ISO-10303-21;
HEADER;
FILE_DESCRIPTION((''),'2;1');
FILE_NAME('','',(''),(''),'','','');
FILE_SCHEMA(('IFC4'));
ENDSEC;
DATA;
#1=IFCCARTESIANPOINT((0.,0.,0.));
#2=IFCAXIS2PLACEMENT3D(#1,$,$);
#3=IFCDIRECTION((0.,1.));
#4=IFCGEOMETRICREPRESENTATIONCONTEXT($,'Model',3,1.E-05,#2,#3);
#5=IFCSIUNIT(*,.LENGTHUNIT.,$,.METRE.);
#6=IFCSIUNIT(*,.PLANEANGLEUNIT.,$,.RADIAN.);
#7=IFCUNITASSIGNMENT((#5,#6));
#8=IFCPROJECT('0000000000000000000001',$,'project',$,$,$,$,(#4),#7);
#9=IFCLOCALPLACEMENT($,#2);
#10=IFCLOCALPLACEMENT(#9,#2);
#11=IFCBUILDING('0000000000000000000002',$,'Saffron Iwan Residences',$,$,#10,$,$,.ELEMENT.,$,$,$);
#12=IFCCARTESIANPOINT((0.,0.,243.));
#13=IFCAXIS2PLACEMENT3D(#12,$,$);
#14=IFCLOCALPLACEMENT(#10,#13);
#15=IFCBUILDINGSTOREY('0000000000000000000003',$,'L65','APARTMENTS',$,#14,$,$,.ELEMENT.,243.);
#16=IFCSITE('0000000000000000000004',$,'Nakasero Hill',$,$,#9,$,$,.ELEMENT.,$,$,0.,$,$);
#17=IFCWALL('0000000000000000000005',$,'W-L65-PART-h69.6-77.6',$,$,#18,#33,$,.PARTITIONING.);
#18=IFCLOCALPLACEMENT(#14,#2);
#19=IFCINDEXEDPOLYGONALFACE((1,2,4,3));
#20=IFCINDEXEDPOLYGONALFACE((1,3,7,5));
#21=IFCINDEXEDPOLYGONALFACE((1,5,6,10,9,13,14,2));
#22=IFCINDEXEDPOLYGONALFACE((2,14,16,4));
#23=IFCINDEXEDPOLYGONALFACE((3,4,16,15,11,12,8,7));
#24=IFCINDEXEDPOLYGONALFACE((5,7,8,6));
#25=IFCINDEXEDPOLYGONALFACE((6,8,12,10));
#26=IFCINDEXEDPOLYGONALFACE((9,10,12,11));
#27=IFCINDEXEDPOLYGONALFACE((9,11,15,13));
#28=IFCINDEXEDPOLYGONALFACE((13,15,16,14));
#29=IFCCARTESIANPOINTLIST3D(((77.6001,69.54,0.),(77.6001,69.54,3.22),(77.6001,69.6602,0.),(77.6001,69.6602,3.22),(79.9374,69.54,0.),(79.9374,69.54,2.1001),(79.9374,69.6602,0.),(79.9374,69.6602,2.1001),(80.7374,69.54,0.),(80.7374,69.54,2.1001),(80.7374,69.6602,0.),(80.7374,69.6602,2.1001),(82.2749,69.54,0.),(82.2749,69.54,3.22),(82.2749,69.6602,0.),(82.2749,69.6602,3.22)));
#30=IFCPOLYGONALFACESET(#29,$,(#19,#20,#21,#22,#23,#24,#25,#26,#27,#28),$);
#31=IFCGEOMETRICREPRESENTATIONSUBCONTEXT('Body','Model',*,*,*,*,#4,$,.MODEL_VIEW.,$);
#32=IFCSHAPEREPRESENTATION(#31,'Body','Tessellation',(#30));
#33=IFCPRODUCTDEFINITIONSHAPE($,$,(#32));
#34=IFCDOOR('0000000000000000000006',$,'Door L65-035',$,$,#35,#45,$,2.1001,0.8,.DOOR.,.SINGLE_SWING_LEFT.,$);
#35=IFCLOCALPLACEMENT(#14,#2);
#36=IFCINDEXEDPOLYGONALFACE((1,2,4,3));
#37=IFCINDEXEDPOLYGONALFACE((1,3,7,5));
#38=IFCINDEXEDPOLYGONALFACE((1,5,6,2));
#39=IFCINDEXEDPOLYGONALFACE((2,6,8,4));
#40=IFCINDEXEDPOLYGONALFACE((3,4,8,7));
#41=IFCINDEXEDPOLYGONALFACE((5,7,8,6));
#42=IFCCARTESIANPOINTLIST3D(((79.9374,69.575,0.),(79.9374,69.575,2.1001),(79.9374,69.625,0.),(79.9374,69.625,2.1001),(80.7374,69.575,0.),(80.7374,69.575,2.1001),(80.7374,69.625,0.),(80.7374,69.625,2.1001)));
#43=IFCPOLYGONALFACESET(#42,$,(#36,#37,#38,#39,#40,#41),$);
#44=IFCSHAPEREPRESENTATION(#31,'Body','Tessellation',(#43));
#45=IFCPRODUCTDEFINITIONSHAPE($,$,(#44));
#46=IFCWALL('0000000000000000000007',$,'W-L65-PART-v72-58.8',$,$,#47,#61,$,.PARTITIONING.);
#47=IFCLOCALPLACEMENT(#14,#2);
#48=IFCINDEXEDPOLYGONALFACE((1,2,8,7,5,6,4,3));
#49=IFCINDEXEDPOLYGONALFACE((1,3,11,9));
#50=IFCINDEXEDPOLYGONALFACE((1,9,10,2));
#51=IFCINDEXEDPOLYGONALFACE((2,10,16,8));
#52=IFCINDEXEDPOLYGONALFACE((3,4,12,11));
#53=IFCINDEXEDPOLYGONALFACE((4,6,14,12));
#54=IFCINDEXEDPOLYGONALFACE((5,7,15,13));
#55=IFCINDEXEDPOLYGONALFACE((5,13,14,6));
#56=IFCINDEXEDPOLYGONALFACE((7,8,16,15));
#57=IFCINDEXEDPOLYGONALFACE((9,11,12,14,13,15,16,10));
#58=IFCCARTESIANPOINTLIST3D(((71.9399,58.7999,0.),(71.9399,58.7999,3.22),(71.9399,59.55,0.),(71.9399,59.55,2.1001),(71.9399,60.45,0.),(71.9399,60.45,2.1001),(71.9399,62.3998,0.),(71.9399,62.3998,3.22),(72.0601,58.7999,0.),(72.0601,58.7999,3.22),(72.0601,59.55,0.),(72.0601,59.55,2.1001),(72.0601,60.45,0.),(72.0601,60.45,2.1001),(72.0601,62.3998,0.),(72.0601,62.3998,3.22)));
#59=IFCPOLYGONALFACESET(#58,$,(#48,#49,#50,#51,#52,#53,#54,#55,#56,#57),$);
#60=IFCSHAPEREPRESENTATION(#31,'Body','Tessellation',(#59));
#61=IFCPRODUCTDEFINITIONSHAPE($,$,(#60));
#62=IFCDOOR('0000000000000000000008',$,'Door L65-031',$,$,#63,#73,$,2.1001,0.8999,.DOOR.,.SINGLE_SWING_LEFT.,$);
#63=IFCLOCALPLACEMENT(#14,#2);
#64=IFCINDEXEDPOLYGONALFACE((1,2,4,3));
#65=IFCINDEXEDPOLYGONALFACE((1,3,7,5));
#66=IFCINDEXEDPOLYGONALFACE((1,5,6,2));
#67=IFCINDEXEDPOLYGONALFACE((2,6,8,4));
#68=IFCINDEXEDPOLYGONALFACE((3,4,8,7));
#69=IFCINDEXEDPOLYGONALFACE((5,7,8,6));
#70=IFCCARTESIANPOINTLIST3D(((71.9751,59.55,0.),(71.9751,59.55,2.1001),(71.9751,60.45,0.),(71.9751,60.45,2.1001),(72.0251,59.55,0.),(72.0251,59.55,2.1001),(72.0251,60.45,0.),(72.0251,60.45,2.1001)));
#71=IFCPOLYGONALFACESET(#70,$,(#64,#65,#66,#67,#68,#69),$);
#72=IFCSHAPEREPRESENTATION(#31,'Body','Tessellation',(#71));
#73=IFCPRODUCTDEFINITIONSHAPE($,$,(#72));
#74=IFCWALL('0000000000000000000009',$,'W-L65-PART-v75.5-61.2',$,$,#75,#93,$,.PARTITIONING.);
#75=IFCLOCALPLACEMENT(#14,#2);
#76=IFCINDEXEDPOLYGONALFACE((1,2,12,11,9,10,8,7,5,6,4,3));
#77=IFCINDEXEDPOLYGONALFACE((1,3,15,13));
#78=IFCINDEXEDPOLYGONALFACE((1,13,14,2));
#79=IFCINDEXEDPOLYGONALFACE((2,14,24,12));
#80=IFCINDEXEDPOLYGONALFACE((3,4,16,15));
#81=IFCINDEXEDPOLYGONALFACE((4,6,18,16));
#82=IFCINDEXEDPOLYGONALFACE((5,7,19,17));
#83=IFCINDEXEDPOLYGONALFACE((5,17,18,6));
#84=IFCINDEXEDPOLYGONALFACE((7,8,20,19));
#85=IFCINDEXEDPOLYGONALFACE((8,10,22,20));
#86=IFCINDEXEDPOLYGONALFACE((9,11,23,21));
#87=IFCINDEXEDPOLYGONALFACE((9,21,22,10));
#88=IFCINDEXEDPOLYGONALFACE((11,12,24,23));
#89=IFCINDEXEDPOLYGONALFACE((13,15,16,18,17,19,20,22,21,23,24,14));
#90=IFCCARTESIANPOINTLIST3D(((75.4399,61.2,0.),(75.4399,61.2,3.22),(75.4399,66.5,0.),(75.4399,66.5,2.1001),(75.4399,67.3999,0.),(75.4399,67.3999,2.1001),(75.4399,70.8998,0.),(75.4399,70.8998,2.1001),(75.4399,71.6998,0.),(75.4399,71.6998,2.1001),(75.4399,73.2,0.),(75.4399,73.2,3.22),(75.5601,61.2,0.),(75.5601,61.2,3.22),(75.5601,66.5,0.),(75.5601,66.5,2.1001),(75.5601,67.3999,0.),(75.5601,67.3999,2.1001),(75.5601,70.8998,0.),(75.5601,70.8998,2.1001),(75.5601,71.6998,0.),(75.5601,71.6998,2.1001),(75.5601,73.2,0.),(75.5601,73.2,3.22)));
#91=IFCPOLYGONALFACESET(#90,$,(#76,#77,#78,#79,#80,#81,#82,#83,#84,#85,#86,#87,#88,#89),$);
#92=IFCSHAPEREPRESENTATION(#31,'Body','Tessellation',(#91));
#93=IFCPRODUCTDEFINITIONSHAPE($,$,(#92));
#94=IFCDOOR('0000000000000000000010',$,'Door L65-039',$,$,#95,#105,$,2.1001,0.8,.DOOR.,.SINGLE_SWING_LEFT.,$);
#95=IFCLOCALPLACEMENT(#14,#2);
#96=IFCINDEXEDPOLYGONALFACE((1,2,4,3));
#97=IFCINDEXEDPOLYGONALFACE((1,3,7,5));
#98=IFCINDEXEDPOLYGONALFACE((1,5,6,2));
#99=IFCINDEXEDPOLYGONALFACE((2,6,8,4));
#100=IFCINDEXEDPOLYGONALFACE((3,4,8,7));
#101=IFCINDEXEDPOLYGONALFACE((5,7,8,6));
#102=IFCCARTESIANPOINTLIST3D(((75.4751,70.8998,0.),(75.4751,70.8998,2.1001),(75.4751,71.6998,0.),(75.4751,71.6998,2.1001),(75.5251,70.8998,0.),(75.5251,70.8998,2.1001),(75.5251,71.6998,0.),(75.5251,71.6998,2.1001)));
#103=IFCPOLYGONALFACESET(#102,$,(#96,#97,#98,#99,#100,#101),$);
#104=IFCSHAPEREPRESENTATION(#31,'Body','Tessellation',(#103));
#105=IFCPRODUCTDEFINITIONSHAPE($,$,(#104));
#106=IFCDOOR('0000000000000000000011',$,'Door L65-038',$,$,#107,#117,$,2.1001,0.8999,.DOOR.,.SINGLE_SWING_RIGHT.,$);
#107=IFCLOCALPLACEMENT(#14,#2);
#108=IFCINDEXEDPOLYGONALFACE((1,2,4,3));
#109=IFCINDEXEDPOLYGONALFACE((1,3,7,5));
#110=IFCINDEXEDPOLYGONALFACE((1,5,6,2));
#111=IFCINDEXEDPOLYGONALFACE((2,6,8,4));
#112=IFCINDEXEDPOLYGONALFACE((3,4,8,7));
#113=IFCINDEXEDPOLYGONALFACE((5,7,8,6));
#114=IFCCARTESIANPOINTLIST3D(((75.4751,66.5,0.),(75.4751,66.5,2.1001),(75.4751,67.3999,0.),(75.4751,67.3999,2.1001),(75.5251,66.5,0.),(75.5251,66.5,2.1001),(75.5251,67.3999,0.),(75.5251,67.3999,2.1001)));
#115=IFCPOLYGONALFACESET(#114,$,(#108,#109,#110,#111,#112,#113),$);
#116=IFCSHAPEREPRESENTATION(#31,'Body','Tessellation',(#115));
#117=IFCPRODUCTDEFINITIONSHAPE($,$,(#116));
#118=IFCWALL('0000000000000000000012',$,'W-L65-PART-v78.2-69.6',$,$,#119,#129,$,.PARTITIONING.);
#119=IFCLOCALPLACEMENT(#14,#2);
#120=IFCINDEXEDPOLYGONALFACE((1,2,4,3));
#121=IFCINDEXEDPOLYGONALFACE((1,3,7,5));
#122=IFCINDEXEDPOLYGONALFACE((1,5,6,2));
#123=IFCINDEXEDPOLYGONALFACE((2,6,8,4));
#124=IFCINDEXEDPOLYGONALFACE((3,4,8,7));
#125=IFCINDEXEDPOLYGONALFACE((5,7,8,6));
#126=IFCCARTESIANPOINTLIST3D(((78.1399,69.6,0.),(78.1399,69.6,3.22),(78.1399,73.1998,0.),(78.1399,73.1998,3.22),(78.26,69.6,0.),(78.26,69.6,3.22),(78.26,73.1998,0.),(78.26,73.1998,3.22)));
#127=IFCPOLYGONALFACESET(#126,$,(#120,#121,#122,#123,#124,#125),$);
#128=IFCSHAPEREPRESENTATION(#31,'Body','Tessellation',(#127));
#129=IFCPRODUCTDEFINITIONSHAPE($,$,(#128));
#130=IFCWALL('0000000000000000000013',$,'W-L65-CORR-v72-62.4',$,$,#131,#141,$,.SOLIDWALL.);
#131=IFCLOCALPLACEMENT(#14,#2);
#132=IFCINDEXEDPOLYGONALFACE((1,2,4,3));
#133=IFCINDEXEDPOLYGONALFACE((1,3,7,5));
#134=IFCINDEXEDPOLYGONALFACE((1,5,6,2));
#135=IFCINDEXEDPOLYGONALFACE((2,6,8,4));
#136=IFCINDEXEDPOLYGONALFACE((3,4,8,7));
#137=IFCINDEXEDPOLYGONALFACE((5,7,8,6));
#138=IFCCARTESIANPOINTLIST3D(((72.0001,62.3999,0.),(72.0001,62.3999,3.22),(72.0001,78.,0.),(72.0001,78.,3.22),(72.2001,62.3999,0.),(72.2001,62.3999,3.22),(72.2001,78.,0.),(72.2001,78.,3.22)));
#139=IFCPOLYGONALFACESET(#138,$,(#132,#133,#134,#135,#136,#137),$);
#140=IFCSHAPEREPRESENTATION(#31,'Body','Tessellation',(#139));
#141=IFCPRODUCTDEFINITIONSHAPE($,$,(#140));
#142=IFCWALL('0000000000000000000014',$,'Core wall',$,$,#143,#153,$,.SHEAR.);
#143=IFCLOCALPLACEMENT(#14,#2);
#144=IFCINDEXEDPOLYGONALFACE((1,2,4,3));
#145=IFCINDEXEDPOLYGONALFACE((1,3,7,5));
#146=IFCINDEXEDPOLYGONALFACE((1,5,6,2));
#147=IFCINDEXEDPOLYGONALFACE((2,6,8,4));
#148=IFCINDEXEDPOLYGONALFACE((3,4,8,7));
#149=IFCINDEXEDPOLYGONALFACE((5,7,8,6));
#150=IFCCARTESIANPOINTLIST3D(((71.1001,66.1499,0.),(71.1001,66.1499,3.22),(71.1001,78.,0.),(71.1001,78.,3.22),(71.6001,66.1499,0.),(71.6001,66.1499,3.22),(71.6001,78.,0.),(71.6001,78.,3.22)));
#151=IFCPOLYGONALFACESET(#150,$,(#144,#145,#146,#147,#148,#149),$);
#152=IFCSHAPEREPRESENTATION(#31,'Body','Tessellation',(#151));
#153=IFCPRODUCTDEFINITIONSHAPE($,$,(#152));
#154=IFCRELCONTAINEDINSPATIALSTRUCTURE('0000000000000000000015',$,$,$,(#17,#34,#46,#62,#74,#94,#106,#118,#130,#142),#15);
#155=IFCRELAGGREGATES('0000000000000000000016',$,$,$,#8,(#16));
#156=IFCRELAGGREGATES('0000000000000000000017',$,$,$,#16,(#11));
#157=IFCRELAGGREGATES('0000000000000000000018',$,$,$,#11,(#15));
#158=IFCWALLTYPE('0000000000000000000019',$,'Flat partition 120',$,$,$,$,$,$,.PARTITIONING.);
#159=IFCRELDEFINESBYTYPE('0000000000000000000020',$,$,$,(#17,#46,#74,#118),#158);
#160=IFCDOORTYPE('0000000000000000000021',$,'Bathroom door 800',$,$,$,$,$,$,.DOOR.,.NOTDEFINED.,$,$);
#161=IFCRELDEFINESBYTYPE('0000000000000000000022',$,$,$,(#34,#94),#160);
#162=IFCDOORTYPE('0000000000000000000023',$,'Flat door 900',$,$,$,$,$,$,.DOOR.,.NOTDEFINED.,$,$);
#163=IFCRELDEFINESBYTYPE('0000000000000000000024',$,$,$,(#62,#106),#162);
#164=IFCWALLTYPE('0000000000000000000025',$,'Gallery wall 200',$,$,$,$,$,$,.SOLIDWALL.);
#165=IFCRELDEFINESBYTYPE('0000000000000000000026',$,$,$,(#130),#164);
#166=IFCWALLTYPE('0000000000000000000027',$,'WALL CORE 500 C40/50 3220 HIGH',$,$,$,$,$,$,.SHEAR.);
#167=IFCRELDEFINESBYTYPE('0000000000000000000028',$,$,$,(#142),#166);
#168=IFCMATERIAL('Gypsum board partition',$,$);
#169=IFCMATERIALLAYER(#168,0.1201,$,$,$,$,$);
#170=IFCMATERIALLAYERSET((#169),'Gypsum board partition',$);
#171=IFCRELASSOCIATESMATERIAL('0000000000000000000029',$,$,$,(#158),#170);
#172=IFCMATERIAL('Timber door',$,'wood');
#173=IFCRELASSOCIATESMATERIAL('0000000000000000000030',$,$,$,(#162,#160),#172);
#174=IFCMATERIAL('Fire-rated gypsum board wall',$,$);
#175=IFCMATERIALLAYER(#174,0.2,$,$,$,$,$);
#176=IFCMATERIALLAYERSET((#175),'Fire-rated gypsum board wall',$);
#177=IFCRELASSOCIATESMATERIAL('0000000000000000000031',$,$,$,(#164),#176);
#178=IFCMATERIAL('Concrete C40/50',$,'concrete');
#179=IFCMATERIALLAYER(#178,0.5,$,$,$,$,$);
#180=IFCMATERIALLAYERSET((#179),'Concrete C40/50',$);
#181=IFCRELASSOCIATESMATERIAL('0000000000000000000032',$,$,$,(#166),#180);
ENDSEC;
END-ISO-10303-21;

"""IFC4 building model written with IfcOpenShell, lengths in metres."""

from ifc_helpers import new_model, si_unit, direction, frame, frame_2d, origin, place, context, subcontext, project, spatial, rectangle, extrude, material, layer, layer_set, type_object, element, fill, save


model = new_model("IFC4")

# Units and contexts
model_context = context("Model", 3, precision=1e-05, world=origin(), true_north=direction((0.0, 1.0)))
body_context = subcontext(model_context, "Body", "Model", "MODEL_VIEW")
ifc_project = project(units=[si_unit("LENGTHUNIT", "METRE"), si_unit("PLANEANGLEUNIT", "RADIAN")], contexts=[model_context])

# Site, building, storey
site_placement = place(None, origin())
site = spatial("IfcSite", under=ifc_project, at=site_placement, Name="Nakasero Hill", CompositionType="ELEMENT", RefElevation=0.0)
building_placement = place(site_placement, origin())
building = spatial("IfcBuilding", under=site, at=building_placement, Name="Saffron Iwan Residences", CompositionType="ELEMENT")
storey_placement = place(building_placement, frame((0.0, 0.0, 243.0)))
storey = spatial("IfcBuildingStorey", under=building, at=storey_placement, Name="L65", Description="APARTMENTS", CompositionType="ELEMENT", Elevation=243.0)

# Shared definitions
ifc_material_1 = material(Name="Concrete C40/50", Category="concrete")

# Shared definitions
ifc_material_2 = material(Name="Fire-rated gypsum board wall")

# Shared definitions
ifc_material_3 = material(Name="Gypsum board partition")
ifc_layer_1 = layer(ifc_material_3, 0.1201)
ifc_layer_set_1 = layer_set([ifc_layer_1], Name="Gypsum board partition")
wall_type_1 = type_object("IfcWallType", Name="Flat partition 120", PredefinedType="PARTITIONING", material=ifc_layer_set_1)
ifc_material_4 = material(Name="Timber door", Category="wood")
door_type_1 = type_object("IfcDoorType", Name="Flat door 900", OperationType="NOTDEFINED", PredefinedType="DOOR", material=ifc_material_4)

# Walls, openings, doors
wall_1_placement = place(storey_placement, frame((77.6001, 69.6001, 0.0), z_axis=(0.0, 0.0, 1.0), x_axis=(1.0, 0.0, 0.0)))
wall_1 = element("IfcWall", 1, at=wall_1_placement, inside=storey, type_object=wall_type_1, Name="W-L65-PART-h69.6-77.6", PredefinedType="PARTITIONING", context=body_context, shape_type="SweptSolid", body=[
    extrude(rectangle(XDim=4.6748, YDim=0.1201, at=frame_2d((2.3374, 0.0))), origin(), (0.0, 0.0, 1.0), 3.22),
])
opening_1_placement = place(wall_1_placement, frame((2.3374, 0.0, 0.0)))
opening_1 = element("IfcOpeningElement", 2, at=opening_1_placement, cuts=wall_1, PredefinedType="OPENING", context=body_context, shape_type="SweptSolid", body=[
    extrude(rectangle(XDim=0.8, YDim=2.1001, at=frame_2d((0.3999, 1.05))), frame((0.0, 0.0701, 0.0), z_axis=(0.0, -1.0, 0.0), x_axis=(1.0, 0.0, 0.0)), (0.0, 0.0, 1.0), 0.1401),
])
door_type_2 = type_object("IfcDoorType", Name="Bathroom door 800", OperationType="NOTDEFINED", PredefinedType="DOOR", material=ifc_material_4)
door_1_placement = place(opening_1_placement, origin())
door_1 = element("IfcDoor", 3, at=door_1_placement, inside=storey, type_object=door_type_2, Name="Door L65-035", OperationType="SINGLE_SWING_LEFT", OverallHeight=2.1001, OverallWidth=0.8, PredefinedType="DOOR", context=body_context, shape_type="SweptSolid", body=[
    extrude(rectangle(XDim=0.8, YDim=2.1001, at=frame_2d((0.3999, 1.05))), frame((0.0, 0.0249, 0.0), z_axis=(0.0, -1.0, 0.0), x_axis=(1.0, 0.0, 0.0)), (0.0, 0.0, 1.0), 0.05),
])
fill(opening_1, door_1)
wall_2_placement = place(storey_placement, frame((72.0, 58.8, 0.0), z_axis=(0.0, 0.0, 1.0), x_axis=(0.0, 1.0, 0.0)))
wall_2 = element("IfcWall", 4, at=wall_2_placement, inside=storey, type_object=wall_type_1, Name="W-L65-PART-v72-58.8", PredefinedType="PARTITIONING", context=body_context, shape_type="SweptSolid", body=[
    extrude(rectangle(XDim=3.5999, YDim=0.1201, at=frame_2d((1.7998, 0.0))), origin(), (0.0, 0.0, 1.0), 3.22),
])
opening_2_placement = place(wall_2_placement, frame((0.75, 0.0, 0.0)))
opening_2 = element("IfcOpeningElement", 5, at=opening_2_placement, cuts=wall_2, PredefinedType="OPENING", context=body_context, shape_type="SweptSolid", body=[
    extrude(rectangle(XDim=0.8999, YDim=2.1001, at=frame_2d((0.45, 1.05))), frame((0.0, 0.0701, 0.0), z_axis=(0.0, -1.0, 0.0), x_axis=(1.0, 0.0, 0.0)), (0.0, 0.0, 1.0), 0.1401),
])
door_2_placement = place(opening_2_placement, origin())
door_2 = element("IfcDoor", 6, at=door_2_placement, inside=storey, type_object=door_type_1, Name="Door L65-031", OperationType="SINGLE_SWING_LEFT", OverallHeight=2.1001, OverallWidth=0.8999, PredefinedType="DOOR", context=body_context, shape_type="SweptSolid", body=[
    extrude(rectangle(XDim=0.8999, YDim=2.1001, at=frame_2d((0.45, 1.05))), frame((0.0, 0.0249, 0.0), z_axis=(0.0, -1.0, 0.0), x_axis=(1.0, 0.0, 0.0)), (0.0, 0.0, 1.0), 0.05),
])
fill(opening_2, door_2)

# Wall, openings, doors
wall_3_placement = place(storey_placement, frame((75.5, 61.2, 0.0), z_axis=(0.0, 0.0, 1.0), x_axis=(0.0, 1.0, 0.0)))
wall_3 = element("IfcWall", 7, at=wall_3_placement, inside=storey, type_object=wall_type_1, Name="W-L65-PART-v75.5-61.2", PredefinedType="PARTITIONING", context=body_context, shape_type="SweptSolid", body=[
    extrude(rectangle(XDim=12.0, YDim=0.1201, at=frame_2d((6.0, 0.0))), origin(), (0.0, 0.0, 1.0), 3.22),
])
opening_3_placement = place(wall_3_placement, frame((5.3, 0.0, 0.0)))
opening_3 = element("IfcOpeningElement", 8, at=opening_3_placement, cuts=wall_3, PredefinedType="OPENING", context=body_context, shape_type="SweptSolid", body=[
    extrude(rectangle(XDim=0.8999, YDim=2.1001, at=frame_2d((0.45, 1.05))), frame((0.0, 0.0701, 0.0), z_axis=(0.0, -1.0, 0.0), x_axis=(1.0, 0.0, 0.0)), (0.0, 0.0, 1.0), 0.1401),
])
opening_4_placement = place(wall_3_placement, frame((9.7, 0.0, 0.0)))
opening_4 = element("IfcOpeningElement", 9, at=opening_4_placement, cuts=wall_3, PredefinedType="OPENING", context=body_context, shape_type="SweptSolid", body=[
    extrude(rectangle(XDim=0.8, YDim=2.1001, at=frame_2d((0.3999, 1.05))), frame((0.0, 0.0701, 0.0), z_axis=(0.0, -1.0, 0.0), x_axis=(1.0, 0.0, 0.0)), (0.0, 0.0, 1.0), 0.1401),
])
door_3_placement = place(opening_4_placement, origin())
door_3 = element("IfcDoor", 10, at=door_3_placement, inside=storey, type_object=door_type_2, Name="Door L65-039", OperationType="SINGLE_SWING_LEFT", OverallHeight=2.1001, OverallWidth=0.8, PredefinedType="DOOR", context=body_context, shape_type="SweptSolid", body=[
    extrude(rectangle(XDim=0.8, YDim=2.1001, at=frame_2d((0.3999, 1.05))), frame((0.0, 0.0249, 0.0), z_axis=(0.0, -1.0, 0.0), x_axis=(1.0, 0.0, 0.0)), (0.0, 0.0, 1.0), 0.05),
])
fill(opening_4, door_3)
door_4_placement = place(opening_3_placement, origin())
door_4 = element("IfcDoor", 11, at=door_4_placement, inside=storey, type_object=door_type_1, Name="Door L65-038", OperationType="SINGLE_SWING_RIGHT", OverallHeight=2.1001, OverallWidth=0.8999, PredefinedType="DOOR", context=body_context, shape_type="SweptSolid", body=[
    extrude(rectangle(XDim=0.8999, YDim=2.1001, at=frame_2d((0.45, 1.05))), frame((0.0, 0.0249, 0.0), z_axis=(0.0, -1.0, 0.0), x_axis=(1.0, 0.0, 0.0)), (0.0, 0.0, 1.0), 0.05),
])
fill(opening_3, door_4)

# Walls
wall_4_placement = place(storey_placement, frame((78.2, 69.6001, 0.0), z_axis=(0.0, 0.0, 1.0), x_axis=(0.0, 1.0, 0.0)))
element("IfcWall", 12, at=wall_4_placement, inside=storey, type_object=wall_type_1, Name="W-L65-PART-v78.2-69.6", PredefinedType="PARTITIONING", context=body_context, shape_type="SweptSolid", body=[
    extrude(rectangle(XDim=3.5999, YDim=0.1201, at=frame_2d((1.7998, 0.0))), origin(), (0.0, 0.0, 1.0), 3.22),
])
ifc_layer_2 = layer(ifc_material_2, 0.2)
ifc_layer_set_2 = layer_set([ifc_layer_2], Name="Fire-rated gypsum board wall")
wall_type_2 = type_object("IfcWallType", Name="Gallery wall 200", PredefinedType="SOLIDWALL", material=ifc_layer_set_2)
wall_5_placement = place(storey_placement, frame((72.1001, 62.3999, 0.0), z_axis=(0.0, 0.0, 1.0), x_axis=(0.0, 1.0, 0.0)))
element("IfcWall", 13, at=wall_5_placement, inside=storey, type_object=wall_type_2, Name="W-L65-CORR-v72-62.4", PredefinedType="SOLIDWALL", context=body_context, shape_type="SweptSolid", body=[
    extrude(rectangle(XDim=15.6001, YDim=0.2, at=frame_2d((7.8, 0.0))), origin(), (0.0, 0.0, 1.0), 3.22),
])
ifc_layer_3 = layer(ifc_material_1, 0.5)
ifc_layer_set_3 = layer_set([ifc_layer_3], Name="Concrete C40/50")
wall_type_3 = type_object("IfcWallType", Name="WALL CORE 500 C40/50 3220 HIGH", PredefinedType="SHEAR", material=ifc_layer_set_3)
wall_6_placement = place(storey_placement, frame((71.3501, 66.1499, 0.0), z_axis=(0.0, 0.0, 1.0), x_axis=(0.0, 1.0, 0.0)))
element("IfcWall", 14, at=wall_6_placement, inside=storey, type_object=wall_type_3, Name="Core wall", PredefinedType="SHEAR", context=body_context, shape_type="SweptSolid", body=[
    extrude(rectangle(XDim=11.8501, YDim=0.5, at=frame_2d((5.925, 0.0))), origin(), (0.0, 0.0, 1.0), 3.22),
])

save(model, "model.ifc")
